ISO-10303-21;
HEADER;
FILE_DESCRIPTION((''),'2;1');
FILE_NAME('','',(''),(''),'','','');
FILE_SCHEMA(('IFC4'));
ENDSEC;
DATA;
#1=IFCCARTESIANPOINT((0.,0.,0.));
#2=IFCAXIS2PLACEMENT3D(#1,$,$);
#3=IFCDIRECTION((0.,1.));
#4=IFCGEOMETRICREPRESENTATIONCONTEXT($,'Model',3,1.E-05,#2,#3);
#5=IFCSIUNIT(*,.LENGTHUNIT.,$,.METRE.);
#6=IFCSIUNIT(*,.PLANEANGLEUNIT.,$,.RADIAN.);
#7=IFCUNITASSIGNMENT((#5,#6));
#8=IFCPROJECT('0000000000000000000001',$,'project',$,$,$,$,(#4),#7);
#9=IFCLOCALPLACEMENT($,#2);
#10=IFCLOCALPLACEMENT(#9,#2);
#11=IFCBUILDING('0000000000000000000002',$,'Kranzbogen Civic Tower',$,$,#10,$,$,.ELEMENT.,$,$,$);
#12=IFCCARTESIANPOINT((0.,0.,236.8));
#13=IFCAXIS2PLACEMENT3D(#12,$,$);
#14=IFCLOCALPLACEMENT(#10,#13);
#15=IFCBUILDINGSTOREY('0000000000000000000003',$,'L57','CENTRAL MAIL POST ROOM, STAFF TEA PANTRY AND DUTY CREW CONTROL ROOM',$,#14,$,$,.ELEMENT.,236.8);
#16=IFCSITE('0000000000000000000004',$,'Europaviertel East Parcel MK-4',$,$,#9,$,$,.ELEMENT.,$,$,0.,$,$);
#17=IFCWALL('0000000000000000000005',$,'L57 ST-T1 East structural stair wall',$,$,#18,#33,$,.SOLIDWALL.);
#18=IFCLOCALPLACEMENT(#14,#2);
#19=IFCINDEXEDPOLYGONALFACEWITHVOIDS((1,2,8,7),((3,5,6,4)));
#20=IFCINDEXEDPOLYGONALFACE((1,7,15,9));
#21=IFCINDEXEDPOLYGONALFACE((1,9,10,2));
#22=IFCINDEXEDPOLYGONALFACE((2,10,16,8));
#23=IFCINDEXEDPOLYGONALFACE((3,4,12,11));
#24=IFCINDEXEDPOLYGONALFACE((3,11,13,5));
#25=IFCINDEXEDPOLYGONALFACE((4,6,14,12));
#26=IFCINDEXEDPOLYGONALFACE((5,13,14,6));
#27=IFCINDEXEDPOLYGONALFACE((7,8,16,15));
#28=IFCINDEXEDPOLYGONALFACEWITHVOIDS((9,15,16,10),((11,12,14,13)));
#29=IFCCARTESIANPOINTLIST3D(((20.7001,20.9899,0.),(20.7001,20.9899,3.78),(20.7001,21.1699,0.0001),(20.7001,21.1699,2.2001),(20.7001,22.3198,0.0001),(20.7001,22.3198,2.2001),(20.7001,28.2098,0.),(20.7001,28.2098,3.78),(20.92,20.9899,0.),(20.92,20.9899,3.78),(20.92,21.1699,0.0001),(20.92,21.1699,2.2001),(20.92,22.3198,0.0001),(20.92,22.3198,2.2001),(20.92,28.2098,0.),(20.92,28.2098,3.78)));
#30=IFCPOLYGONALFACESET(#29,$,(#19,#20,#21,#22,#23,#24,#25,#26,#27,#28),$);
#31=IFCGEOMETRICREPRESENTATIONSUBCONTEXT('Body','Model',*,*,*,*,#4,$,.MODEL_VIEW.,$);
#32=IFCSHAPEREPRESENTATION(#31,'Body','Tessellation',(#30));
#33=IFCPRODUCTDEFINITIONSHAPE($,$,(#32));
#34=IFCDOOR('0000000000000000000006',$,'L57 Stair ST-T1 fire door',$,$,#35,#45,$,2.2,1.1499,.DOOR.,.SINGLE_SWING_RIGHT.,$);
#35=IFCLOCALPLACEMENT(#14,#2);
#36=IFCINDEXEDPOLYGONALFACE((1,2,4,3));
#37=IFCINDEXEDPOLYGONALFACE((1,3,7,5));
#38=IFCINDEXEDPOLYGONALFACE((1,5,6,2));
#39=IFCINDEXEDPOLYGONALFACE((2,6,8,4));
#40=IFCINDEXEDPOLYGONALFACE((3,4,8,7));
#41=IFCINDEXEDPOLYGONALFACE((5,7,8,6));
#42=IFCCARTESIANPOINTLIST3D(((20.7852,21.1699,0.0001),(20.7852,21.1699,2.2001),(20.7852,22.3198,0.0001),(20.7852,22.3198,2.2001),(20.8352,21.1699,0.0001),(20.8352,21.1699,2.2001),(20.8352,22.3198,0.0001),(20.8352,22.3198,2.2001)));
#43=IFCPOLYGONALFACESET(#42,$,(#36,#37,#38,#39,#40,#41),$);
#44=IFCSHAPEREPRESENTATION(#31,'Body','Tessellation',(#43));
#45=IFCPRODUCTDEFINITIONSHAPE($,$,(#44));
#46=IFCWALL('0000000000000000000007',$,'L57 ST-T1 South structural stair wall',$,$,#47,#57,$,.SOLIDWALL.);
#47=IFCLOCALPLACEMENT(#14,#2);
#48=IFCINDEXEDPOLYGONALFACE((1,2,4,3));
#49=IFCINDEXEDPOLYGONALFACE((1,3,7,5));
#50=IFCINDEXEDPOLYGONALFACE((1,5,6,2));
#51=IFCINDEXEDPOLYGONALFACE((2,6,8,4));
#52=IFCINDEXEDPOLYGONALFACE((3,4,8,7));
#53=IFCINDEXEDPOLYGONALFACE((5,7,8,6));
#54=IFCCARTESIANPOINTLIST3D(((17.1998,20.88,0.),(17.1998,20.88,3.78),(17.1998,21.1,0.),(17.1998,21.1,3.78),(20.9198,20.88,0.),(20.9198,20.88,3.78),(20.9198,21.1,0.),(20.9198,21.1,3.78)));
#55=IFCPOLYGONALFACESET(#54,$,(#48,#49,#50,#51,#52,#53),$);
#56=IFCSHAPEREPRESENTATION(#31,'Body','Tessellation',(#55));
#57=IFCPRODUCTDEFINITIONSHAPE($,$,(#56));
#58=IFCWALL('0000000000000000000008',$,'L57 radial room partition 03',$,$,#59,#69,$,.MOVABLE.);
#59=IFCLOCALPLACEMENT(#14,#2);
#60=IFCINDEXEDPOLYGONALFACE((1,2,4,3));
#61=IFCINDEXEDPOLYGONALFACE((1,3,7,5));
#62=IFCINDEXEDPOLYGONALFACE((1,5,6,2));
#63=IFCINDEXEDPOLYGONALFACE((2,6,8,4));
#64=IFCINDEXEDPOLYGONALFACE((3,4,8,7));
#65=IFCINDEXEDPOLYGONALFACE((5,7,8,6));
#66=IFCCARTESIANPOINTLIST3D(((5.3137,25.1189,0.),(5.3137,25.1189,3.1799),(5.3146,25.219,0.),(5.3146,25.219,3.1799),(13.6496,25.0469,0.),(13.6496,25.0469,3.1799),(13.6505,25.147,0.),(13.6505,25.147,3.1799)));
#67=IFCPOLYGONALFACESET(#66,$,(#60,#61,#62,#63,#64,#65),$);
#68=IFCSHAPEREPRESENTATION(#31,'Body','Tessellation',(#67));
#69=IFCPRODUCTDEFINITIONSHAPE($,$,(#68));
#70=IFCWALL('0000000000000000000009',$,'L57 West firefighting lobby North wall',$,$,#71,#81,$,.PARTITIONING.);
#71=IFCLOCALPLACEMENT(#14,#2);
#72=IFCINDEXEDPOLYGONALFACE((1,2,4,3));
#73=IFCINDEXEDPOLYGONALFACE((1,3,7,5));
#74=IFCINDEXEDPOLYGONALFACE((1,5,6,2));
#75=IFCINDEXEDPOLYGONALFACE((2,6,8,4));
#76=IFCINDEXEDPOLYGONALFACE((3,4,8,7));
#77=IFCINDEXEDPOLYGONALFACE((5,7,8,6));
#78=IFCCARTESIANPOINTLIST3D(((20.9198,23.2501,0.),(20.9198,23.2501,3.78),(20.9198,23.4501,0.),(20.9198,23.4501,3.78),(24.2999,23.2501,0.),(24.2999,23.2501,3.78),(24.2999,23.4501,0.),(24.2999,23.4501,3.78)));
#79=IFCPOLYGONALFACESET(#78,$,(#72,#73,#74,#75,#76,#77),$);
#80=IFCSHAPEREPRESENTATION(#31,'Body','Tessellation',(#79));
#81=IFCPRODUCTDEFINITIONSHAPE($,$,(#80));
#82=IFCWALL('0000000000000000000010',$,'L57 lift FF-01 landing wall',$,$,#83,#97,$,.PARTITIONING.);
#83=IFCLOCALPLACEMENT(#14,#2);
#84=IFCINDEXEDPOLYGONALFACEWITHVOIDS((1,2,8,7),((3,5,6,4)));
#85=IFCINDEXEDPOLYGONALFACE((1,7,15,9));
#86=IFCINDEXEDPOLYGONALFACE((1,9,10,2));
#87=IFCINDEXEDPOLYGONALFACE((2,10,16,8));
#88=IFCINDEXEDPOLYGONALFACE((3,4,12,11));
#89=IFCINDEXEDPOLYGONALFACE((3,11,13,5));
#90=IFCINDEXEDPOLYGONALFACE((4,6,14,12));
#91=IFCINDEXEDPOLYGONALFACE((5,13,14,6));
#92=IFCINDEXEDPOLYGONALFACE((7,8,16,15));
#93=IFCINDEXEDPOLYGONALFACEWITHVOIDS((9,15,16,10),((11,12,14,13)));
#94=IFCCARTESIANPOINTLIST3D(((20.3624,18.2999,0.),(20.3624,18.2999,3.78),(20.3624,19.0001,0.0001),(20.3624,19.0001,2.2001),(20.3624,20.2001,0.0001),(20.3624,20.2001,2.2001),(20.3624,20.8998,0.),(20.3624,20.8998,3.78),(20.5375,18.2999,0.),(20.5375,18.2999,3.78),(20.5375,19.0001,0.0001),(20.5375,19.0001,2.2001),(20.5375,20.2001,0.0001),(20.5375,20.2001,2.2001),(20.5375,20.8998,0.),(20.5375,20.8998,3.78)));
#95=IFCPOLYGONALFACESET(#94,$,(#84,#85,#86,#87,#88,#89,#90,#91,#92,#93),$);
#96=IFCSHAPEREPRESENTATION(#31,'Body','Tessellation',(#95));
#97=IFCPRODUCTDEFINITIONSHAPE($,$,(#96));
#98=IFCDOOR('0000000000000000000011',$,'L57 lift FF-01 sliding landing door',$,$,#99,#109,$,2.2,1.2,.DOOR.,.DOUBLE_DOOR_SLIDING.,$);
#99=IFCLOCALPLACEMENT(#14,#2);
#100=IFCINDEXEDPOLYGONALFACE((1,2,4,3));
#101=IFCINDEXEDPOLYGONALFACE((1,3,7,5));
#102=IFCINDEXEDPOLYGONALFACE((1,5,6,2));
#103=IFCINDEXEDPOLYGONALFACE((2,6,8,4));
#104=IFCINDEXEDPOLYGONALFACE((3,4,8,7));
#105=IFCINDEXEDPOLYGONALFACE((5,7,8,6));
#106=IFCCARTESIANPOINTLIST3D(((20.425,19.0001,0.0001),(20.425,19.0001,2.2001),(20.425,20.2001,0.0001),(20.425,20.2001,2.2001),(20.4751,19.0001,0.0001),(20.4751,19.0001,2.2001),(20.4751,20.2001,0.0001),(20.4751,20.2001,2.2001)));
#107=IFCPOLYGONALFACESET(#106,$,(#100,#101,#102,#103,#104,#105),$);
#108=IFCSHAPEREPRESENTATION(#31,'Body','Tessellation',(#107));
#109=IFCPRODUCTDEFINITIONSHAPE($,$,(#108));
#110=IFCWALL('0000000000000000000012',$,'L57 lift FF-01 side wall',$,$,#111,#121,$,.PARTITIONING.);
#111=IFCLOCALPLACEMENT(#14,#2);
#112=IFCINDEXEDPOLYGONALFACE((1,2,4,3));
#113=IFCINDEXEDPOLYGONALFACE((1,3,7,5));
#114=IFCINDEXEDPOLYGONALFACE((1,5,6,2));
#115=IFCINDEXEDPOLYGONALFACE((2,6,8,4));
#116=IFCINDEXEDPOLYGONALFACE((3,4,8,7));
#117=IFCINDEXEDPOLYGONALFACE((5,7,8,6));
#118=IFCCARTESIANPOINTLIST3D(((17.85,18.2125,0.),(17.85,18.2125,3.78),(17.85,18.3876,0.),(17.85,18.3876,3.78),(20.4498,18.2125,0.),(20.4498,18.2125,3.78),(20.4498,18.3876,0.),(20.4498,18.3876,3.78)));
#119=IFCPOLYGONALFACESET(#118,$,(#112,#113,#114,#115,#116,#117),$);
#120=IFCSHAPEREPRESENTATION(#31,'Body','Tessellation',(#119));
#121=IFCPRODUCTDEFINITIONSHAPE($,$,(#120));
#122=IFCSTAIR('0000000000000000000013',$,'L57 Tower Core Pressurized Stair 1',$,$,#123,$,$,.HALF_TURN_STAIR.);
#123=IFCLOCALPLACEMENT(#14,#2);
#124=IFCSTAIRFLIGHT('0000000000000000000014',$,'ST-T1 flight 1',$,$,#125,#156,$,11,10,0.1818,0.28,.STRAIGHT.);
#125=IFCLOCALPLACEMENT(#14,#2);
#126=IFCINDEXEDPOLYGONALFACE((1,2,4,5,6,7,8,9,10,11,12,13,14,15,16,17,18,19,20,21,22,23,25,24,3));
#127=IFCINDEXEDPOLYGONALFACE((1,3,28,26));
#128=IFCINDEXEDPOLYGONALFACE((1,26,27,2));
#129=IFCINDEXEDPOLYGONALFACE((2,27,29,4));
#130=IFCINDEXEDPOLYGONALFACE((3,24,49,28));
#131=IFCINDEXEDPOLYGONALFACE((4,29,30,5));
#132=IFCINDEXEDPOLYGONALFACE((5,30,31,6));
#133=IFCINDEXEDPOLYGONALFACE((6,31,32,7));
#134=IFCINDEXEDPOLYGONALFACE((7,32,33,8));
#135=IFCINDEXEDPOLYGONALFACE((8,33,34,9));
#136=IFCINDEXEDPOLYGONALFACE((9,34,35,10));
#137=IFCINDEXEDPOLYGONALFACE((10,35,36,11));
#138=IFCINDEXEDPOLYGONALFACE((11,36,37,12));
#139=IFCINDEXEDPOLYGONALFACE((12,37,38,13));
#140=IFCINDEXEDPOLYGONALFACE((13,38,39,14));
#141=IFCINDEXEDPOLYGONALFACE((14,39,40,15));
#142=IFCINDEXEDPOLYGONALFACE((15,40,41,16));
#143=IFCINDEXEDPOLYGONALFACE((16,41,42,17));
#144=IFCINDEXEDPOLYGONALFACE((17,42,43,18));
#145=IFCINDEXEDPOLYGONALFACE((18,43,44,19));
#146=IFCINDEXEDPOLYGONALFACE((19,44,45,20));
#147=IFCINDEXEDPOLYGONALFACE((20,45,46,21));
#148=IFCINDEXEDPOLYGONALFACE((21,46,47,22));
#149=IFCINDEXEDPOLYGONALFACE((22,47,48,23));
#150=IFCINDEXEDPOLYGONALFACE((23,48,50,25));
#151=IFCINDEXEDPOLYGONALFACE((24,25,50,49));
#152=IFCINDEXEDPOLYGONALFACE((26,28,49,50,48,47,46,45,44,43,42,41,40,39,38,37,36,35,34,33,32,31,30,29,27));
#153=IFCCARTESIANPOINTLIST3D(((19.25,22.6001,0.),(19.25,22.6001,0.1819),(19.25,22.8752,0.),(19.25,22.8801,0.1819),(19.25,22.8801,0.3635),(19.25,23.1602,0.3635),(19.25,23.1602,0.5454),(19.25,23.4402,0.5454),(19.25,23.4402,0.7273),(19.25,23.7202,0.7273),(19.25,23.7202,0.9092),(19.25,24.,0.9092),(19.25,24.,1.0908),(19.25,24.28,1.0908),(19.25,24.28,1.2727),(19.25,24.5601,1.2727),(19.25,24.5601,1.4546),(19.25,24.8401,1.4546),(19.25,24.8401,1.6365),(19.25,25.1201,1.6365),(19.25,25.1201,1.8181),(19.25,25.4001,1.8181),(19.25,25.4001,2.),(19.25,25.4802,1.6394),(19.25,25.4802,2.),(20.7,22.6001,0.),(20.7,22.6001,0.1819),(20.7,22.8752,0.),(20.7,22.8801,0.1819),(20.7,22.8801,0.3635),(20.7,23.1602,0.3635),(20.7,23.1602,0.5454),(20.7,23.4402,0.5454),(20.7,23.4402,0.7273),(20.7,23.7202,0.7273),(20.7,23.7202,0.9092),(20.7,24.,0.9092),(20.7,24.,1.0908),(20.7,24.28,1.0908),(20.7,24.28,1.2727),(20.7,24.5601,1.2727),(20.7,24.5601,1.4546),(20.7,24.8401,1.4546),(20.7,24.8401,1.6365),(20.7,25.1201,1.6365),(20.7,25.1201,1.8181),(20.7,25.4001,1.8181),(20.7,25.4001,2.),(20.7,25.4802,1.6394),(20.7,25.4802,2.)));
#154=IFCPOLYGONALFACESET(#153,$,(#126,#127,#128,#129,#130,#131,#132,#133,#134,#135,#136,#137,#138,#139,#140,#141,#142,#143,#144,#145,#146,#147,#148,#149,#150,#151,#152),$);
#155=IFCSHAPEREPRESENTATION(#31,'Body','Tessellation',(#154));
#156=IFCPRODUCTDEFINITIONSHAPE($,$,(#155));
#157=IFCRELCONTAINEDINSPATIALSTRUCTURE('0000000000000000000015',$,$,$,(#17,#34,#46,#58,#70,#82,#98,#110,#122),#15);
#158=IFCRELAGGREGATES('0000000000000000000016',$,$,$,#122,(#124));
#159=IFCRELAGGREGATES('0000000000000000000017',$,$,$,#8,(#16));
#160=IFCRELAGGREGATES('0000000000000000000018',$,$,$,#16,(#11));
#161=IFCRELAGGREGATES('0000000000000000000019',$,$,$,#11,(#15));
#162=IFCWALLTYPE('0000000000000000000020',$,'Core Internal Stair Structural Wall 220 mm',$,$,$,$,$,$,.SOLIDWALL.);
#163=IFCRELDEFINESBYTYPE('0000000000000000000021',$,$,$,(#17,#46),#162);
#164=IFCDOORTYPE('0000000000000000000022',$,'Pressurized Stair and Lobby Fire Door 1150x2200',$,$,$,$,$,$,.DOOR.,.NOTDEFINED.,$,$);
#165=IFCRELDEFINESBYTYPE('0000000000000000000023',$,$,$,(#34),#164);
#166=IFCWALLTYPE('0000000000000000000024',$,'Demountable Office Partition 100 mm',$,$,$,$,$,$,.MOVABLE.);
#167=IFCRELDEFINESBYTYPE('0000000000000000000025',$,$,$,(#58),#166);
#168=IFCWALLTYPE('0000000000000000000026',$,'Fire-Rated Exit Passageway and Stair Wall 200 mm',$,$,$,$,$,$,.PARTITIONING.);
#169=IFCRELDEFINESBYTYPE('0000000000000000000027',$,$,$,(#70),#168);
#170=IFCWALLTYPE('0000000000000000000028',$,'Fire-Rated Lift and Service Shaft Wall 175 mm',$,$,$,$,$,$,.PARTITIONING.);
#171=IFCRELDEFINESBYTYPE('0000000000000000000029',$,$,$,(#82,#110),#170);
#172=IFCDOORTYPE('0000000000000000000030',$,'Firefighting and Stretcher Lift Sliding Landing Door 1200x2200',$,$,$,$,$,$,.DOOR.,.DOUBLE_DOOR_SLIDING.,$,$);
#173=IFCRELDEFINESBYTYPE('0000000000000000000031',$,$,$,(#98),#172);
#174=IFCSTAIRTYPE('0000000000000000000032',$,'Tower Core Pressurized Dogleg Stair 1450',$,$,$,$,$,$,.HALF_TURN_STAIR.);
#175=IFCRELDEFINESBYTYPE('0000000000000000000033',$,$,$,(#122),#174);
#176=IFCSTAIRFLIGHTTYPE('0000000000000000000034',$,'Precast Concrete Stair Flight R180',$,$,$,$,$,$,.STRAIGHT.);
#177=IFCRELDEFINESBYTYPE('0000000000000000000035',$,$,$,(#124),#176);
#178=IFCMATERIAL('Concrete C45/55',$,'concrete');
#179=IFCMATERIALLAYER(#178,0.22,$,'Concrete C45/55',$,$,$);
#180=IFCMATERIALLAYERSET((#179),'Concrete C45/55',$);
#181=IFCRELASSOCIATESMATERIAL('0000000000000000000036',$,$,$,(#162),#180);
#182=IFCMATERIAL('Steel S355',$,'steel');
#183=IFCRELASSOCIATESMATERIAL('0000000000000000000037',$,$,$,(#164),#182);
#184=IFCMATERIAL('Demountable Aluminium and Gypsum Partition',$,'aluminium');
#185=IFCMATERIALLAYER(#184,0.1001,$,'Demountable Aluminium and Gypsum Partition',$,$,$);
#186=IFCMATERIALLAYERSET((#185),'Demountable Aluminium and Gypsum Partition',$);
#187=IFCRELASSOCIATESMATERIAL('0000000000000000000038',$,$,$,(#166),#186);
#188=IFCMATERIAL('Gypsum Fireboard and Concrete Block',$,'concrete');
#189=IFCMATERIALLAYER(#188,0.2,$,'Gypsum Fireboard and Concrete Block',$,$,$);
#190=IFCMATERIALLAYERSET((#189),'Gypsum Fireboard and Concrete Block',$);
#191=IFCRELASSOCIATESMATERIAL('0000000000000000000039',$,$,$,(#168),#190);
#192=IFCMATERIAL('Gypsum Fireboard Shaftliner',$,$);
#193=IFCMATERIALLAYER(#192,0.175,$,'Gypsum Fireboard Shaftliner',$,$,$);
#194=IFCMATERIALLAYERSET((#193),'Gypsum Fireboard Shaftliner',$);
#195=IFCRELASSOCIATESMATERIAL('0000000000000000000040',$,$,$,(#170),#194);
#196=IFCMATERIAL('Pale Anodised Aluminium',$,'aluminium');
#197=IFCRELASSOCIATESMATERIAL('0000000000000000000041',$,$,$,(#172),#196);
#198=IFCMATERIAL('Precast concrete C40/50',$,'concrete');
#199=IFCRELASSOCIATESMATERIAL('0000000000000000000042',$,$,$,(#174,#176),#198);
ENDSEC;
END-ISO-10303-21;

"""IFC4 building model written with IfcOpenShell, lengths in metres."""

from ifc_helpers import new_model, si_unit, direction, frame, frame_2d, origin, place, context, subcontext, project, spatial, polyline, rectangle, outline, extrude, material, layer, layer_set, type_object, element, fill, aggregate, save


model = new_model("IFC4")

# Units and contexts
model_context = context("Model", 3, precision=1e-05, world=origin(), true_north=direction((0.0, 1.0)))
body_context = subcontext(model_context, "Body", "Model", "MODEL_VIEW")
ifc_project = project(units=[si_unit("LENGTHUNIT", "METRE"), si_unit("PLANEANGLEUNIT", "RADIAN")], contexts=[model_context])

# Site, building, storey
site_placement = place(None, origin())
site = spatial("IfcSite", under=ifc_project, at=site_placement, Name="Europaviertel East Parcel MK-4", CompositionType="ELEMENT", RefElevation=0.0)
building_placement = place(site_placement, origin())
building = spatial("IfcBuilding", under=site, at=building_placement, Name="Kranzbogen Civic Tower", CompositionType="ELEMENT")
storey_placement = place(building_placement, frame((0.0, 0.0, 236.8)))
storey = spatial("IfcBuildingStorey", under=building, at=storey_placement, Name="L57", Description="CENTRAL MAIL POST ROOM, STAFF TEA PANTRY AND DUTY CREW CONTROL ROOM", CompositionType="ELEMENT", Elevation=236.8)

# Shared definitions
ifc_material_1 = material(Name="Pale Anodised Aluminium", Category="aluminium")

# Shared definitions
ifc_material_2 = material(Name="Steel S355", Category="steel")

# Shared definitions
ifc_material_3 = material(Name="Concrete C45/55", Category="concrete")

# Wall, opening, door
ifc_layer_1 = layer(ifc_material_3, 0.22, Name="Concrete C45/55")
ifc_layer_set_1 = layer_set([ifc_layer_1], Name="Concrete C45/55")
wall_type_1 = type_object("IfcWallType", Name="Core Internal Stair Structural Wall 220 mm", PredefinedType="SOLIDWALL", material=ifc_layer_set_1)
wall_1_placement = place(storey_placement, frame((20.8101, 20.99, 0.0), z_axis=(0.0, 0.0, 1.0), x_axis=(0.0, 1.0, 0.0)))
wall_1 = element("IfcWall", 1, at=wall_1_placement, inside=storey, type_object=wall_type_1, Name="L57 ST-T1 East structural stair wall", PredefinedType="SOLIDWALL", context=body_context, shape_type="SweptSolid", body=[
    extrude(rectangle(XDim=7.22, YDim=0.22, at=frame_2d((3.6099, 0.0))), origin(), (0.0, 0.0, 1.0), 3.78),
])
opening_1_placement = place(wall_1_placement, frame((0.1799, 0.0, 0.0)))
opening_1 = element("IfcOpeningElement", 2, at=opening_1_placement, cuts=wall_1, PredefinedType="OPENING", context=body_context, shape_type="SweptSolid", body=[
    extrude(rectangle(XDim=1.1499, YDim=2.2, at=frame_2d((0.575, 1.1001))), frame((0.0, 0.1201, 0.0), z_axis=(0.0, -1.0, 0.0), x_axis=(1.0, 0.0, 0.0)), (0.0, 0.0, 1.0), 0.24),
])
door_type_1 = type_object("IfcDoorType", Name="Pressurized Stair and Lobby Fire Door 1150x2200", OperationType="NOTDEFINED", PredefinedType="DOOR", material=ifc_material_2)
door_1_placement = place(opening_1_placement, origin())
door_1 = element("IfcDoor", 3, at=door_1_placement, inside=storey, type_object=door_type_1, Name="L57 Stair ST-T1 fire door", OperationType="SINGLE_SWING_RIGHT", OverallHeight=2.2, OverallWidth=1.1499, PredefinedType="DOOR", context=body_context, shape_type="SweptSolid", body=[
    extrude(rectangle(XDim=1.1499, YDim=2.2, at=frame_2d((0.575, 1.1001))), frame((0.0, 0.0249, 0.0), z_axis=(0.0, -1.0, 0.0), x_axis=(1.0, 0.0, 0.0)), (0.0, 0.0, 1.0), 0.05),
])
fill(opening_1, door_1)

# Walls
wall_2_placement = place(storey_placement, frame((17.2, 20.99, 0.0), z_axis=(0.0, 0.0, 1.0), x_axis=(1.0, 0.0, 0.0)))
element("IfcWall", 4, at=wall_2_placement, inside=storey, type_object=wall_type_1, Name="L57 ST-T1 South structural stair wall", PredefinedType="SOLIDWALL", context=body_context, shape_type="SweptSolid", body=[
    extrude(rectangle(XDim=3.72, YDim=0.22, at=frame_2d((1.8599, 0.0))), origin(), (0.0, 0.0, 1.0), 3.78),
])
ifc_material_4 = material(Name="Demountable Aluminium and Gypsum Partition", Category="aluminium")
ifc_layer_2 = layer(ifc_material_4, 0.1001, Name="Demountable Aluminium and Gypsum Partition")
ifc_layer_set_2 = layer_set([ifc_layer_2], Name="Demountable Aluminium and Gypsum Partition")
wall_type_2 = type_object("IfcWallType", Name="Demountable Office Partition 100 mm", PredefinedType="MOVABLE", material=ifc_layer_set_2)
wall_3_placement = place(storey_placement, frame((13.6499, 25.0969, 0.0), z_axis=(0.0, 0.0, 1.0), x_axis=(-0.999963, 0.00864, 0.0)))
element("IfcWall", 5, at=wall_3_placement, inside=storey, type_object=wall_type_2, Name="L57 radial room partition 03", PredefinedType="MOVABLE", context=body_context, shape_type="SweptSolid", body=[
    extrude(rectangle(XDim=8.3362, YDim=0.1001, at=frame_2d((4.168, 0.0))), origin(), (0.0, 0.0, 1.0), 3.1799),
])
ifc_material_5 = material(Name="Gypsum Fireboard and Concrete Block", Category="concrete")
ifc_layer_3 = layer(ifc_material_5, 0.2, Name="Gypsum Fireboard and Concrete Block")
ifc_layer_set_3 = layer_set([ifc_layer_3], Name="Gypsum Fireboard and Concrete Block")
wall_type_3 = type_object("IfcWallType", Name="Fire-Rated Exit Passageway and Stair Wall 200 mm", PredefinedType="PARTITIONING", material=ifc_layer_set_3)
wall_4_placement = place(storey_placement, frame((20.9199, 23.3501, 0.0), z_axis=(0.0, 0.0, 1.0), x_axis=(1.0, 0.0, 0.0)))
element("IfcWall", 6, at=wall_4_placement, inside=storey, type_object=wall_type_3, Name="L57 West firefighting lobby North wall", PredefinedType="PARTITIONING", context=body_context, shape_type="SweptSolid", body=[
    extrude(rectangle(XDim=3.3801, YDim=0.2, at=frame_2d((1.6899, 0.0))), origin(), (0.0, 0.0, 1.0), 3.78),
])

# Wall, opening, door
ifc_material_6 = material(Name="Gypsum Fireboard Shaftliner")
ifc_layer_4 = layer(ifc_material_6, 0.175, Name="Gypsum Fireboard Shaftliner")
ifc_layer_set_4 = layer_set([ifc_layer_4], Name="Gypsum Fireboard Shaftliner")
wall_type_4 = type_object("IfcWallType", Name="Fire-Rated Lift and Service Shaft Wall 175 mm", PredefinedType="PARTITIONING", material=ifc_layer_set_4)
wall_5_placement = place(storey_placement, frame((20.45, 18.3, 0.0), z_axis=(0.0, 0.0, 1.0), x_axis=(0.0, 1.0, 0.0)))
wall_5 = element("IfcWall", 7, at=wall_5_placement, inside=storey, type_object=wall_type_4, Name="L57 lift FF-01 landing wall", PredefinedType="PARTITIONING", context=body_context, shape_type="SweptSolid", body=[
    extrude(rectangle(XDim=2.5999, YDim=0.175, at=frame_2d((1.2998, 0.0))), origin(), (0.0, 0.0, 1.0), 3.78),
])
opening_2_placement = place(wall_5_placement, frame((0.7, 0.0, 0.0)))
opening_2 = element("IfcOpeningElement", 8, at=opening_2_placement, cuts=wall_5, PredefinedType="OPENING", context=body_context, shape_type="SweptSolid", body=[
    extrude(rectangle(XDim=1.2, YDim=2.2, at=frame_2d((0.6001, 1.1001))), frame((0.0, 0.0977, 0.0), z_axis=(0.0, -1.0, 0.0), x_axis=(1.0, 0.0, 0.0)), (0.0, 0.0, 1.0), 0.1951),
])
door_type_2 = type_object("IfcDoorType", Name="Firefighting and Stretcher Lift Sliding Landing Door 1200x2200", OperationType="DOUBLE_DOOR_SLIDING", PredefinedType="DOOR", material=ifc_material_1)
door_2_placement = place(opening_2_placement, origin())
door_2 = element("IfcDoor", 9, at=door_2_placement, inside=storey, type_object=door_type_2, Name="L57 lift FF-01 sliding landing door", OperationType="DOUBLE_DOOR_SLIDING", OverallHeight=2.2, OverallWidth=1.2, PredefinedType="DOOR", context=body_context, shape_type="SweptSolid", body=[
    extrude(rectangle(XDim=1.2, YDim=2.2, at=frame_2d((0.6001, 1.1001))), frame((0.0, 0.0249, 0.0), z_axis=(0.0, -1.0, 0.0), x_axis=(1.0, 0.0, 0.0)), (0.0, 0.0, 1.0), 0.05),
])
fill(opening_2, door_2)

# Wall
wall_6_placement = place(storey_placement, frame((17.8501, 18.3, 0.0), z_axis=(0.0, 0.0, 1.0), x_axis=(1.0, 0.0, 0.0)))
element("IfcWall", 10, at=wall_6_placement, inside=storey, type_object=wall_type_4, Name="L57 lift FF-01 side wall", PredefinedType="PARTITIONING", context=body_context, shape_type="SweptSolid", body=[
    extrude(rectangle(XDim=2.5999, YDim=0.175, at=frame_2d((1.2998, 0.0))), origin(), (0.0, 0.0, 1.0), 3.78),
])

# Stair, stair flight
ifc_material_7 = material(Name="Precast concrete C40/50", Category="concrete")
stair_type = type_object("IfcStairType", Name="Tower Core Pressurized Dogleg Stair 1450", PredefinedType="HALF_TURN_STAIR", material=ifc_material_7)
stair_placement = place(storey_placement, origin())
stair = element("IfcStair", 11, at=stair_placement, inside=storey, type_object=stair_type, Name="L57 Tower Core Pressurized Stair 1", PredefinedType="HALF_TURN_STAIR")
stair_flight_type = type_object("IfcStairFlightType", Name="Precast Concrete Stair Flight R180", PredefinedType="STRAIGHT", material=ifc_material_7)
stair_flight_1_placement = place(storey_placement, frame((19.9751, 22.6001, 0.0), z_axis=(0.0, 0.0, 1.0), x_axis=(0.0, 1.0, 0.0)))
stair_flight_1 = element("IfcStairFlight", 12, at=stair_flight_1_placement, type_object=stair_flight_type, Name="ST-T1 flight 1", NumberOfRisers=11, NumberOfTreads=10, PredefinedType="STRAIGHT", RiserHeight=0.1818, TreadLength=0.28, context=body_context, shape_type="SweptSolid", body=[
    extrude(outline(polyline([(0.0, 0.0), (0.0, 0.1819), (0.28, 0.1819), (0.28, 0.3635), (0.5601, 0.3635), (0.5601, 0.5454), (0.8401, 0.5454), (0.8401, 0.7273), (1.1201, 0.7273), (1.1201, 0.9092), (1.3999, 0.9092), (1.3999, 1.0908), (1.6799, 1.0908), (1.6799, 1.2727), (1.96, 1.2727), (1.96, 1.4546), (2.24, 1.4546), (2.24, 1.6365), (2.52, 1.6365), (2.52, 1.8181), (2.8, 1.8181), (2.8, 2.0), (2.8801, 2.0), (2.8801, 1.6394), (0.2751, 0.0), (0.0, 0.0)])), frame((0.0, 0.7251, 0.0), z_axis=(0.0, -1.0, 0.0), x_axis=(1.0, 0.0, 0.0)), (0.0, 0.0, 1.0), 1.45),
])
aggregate(stair, [stair_flight_1])

save(model, "model.ifc")
